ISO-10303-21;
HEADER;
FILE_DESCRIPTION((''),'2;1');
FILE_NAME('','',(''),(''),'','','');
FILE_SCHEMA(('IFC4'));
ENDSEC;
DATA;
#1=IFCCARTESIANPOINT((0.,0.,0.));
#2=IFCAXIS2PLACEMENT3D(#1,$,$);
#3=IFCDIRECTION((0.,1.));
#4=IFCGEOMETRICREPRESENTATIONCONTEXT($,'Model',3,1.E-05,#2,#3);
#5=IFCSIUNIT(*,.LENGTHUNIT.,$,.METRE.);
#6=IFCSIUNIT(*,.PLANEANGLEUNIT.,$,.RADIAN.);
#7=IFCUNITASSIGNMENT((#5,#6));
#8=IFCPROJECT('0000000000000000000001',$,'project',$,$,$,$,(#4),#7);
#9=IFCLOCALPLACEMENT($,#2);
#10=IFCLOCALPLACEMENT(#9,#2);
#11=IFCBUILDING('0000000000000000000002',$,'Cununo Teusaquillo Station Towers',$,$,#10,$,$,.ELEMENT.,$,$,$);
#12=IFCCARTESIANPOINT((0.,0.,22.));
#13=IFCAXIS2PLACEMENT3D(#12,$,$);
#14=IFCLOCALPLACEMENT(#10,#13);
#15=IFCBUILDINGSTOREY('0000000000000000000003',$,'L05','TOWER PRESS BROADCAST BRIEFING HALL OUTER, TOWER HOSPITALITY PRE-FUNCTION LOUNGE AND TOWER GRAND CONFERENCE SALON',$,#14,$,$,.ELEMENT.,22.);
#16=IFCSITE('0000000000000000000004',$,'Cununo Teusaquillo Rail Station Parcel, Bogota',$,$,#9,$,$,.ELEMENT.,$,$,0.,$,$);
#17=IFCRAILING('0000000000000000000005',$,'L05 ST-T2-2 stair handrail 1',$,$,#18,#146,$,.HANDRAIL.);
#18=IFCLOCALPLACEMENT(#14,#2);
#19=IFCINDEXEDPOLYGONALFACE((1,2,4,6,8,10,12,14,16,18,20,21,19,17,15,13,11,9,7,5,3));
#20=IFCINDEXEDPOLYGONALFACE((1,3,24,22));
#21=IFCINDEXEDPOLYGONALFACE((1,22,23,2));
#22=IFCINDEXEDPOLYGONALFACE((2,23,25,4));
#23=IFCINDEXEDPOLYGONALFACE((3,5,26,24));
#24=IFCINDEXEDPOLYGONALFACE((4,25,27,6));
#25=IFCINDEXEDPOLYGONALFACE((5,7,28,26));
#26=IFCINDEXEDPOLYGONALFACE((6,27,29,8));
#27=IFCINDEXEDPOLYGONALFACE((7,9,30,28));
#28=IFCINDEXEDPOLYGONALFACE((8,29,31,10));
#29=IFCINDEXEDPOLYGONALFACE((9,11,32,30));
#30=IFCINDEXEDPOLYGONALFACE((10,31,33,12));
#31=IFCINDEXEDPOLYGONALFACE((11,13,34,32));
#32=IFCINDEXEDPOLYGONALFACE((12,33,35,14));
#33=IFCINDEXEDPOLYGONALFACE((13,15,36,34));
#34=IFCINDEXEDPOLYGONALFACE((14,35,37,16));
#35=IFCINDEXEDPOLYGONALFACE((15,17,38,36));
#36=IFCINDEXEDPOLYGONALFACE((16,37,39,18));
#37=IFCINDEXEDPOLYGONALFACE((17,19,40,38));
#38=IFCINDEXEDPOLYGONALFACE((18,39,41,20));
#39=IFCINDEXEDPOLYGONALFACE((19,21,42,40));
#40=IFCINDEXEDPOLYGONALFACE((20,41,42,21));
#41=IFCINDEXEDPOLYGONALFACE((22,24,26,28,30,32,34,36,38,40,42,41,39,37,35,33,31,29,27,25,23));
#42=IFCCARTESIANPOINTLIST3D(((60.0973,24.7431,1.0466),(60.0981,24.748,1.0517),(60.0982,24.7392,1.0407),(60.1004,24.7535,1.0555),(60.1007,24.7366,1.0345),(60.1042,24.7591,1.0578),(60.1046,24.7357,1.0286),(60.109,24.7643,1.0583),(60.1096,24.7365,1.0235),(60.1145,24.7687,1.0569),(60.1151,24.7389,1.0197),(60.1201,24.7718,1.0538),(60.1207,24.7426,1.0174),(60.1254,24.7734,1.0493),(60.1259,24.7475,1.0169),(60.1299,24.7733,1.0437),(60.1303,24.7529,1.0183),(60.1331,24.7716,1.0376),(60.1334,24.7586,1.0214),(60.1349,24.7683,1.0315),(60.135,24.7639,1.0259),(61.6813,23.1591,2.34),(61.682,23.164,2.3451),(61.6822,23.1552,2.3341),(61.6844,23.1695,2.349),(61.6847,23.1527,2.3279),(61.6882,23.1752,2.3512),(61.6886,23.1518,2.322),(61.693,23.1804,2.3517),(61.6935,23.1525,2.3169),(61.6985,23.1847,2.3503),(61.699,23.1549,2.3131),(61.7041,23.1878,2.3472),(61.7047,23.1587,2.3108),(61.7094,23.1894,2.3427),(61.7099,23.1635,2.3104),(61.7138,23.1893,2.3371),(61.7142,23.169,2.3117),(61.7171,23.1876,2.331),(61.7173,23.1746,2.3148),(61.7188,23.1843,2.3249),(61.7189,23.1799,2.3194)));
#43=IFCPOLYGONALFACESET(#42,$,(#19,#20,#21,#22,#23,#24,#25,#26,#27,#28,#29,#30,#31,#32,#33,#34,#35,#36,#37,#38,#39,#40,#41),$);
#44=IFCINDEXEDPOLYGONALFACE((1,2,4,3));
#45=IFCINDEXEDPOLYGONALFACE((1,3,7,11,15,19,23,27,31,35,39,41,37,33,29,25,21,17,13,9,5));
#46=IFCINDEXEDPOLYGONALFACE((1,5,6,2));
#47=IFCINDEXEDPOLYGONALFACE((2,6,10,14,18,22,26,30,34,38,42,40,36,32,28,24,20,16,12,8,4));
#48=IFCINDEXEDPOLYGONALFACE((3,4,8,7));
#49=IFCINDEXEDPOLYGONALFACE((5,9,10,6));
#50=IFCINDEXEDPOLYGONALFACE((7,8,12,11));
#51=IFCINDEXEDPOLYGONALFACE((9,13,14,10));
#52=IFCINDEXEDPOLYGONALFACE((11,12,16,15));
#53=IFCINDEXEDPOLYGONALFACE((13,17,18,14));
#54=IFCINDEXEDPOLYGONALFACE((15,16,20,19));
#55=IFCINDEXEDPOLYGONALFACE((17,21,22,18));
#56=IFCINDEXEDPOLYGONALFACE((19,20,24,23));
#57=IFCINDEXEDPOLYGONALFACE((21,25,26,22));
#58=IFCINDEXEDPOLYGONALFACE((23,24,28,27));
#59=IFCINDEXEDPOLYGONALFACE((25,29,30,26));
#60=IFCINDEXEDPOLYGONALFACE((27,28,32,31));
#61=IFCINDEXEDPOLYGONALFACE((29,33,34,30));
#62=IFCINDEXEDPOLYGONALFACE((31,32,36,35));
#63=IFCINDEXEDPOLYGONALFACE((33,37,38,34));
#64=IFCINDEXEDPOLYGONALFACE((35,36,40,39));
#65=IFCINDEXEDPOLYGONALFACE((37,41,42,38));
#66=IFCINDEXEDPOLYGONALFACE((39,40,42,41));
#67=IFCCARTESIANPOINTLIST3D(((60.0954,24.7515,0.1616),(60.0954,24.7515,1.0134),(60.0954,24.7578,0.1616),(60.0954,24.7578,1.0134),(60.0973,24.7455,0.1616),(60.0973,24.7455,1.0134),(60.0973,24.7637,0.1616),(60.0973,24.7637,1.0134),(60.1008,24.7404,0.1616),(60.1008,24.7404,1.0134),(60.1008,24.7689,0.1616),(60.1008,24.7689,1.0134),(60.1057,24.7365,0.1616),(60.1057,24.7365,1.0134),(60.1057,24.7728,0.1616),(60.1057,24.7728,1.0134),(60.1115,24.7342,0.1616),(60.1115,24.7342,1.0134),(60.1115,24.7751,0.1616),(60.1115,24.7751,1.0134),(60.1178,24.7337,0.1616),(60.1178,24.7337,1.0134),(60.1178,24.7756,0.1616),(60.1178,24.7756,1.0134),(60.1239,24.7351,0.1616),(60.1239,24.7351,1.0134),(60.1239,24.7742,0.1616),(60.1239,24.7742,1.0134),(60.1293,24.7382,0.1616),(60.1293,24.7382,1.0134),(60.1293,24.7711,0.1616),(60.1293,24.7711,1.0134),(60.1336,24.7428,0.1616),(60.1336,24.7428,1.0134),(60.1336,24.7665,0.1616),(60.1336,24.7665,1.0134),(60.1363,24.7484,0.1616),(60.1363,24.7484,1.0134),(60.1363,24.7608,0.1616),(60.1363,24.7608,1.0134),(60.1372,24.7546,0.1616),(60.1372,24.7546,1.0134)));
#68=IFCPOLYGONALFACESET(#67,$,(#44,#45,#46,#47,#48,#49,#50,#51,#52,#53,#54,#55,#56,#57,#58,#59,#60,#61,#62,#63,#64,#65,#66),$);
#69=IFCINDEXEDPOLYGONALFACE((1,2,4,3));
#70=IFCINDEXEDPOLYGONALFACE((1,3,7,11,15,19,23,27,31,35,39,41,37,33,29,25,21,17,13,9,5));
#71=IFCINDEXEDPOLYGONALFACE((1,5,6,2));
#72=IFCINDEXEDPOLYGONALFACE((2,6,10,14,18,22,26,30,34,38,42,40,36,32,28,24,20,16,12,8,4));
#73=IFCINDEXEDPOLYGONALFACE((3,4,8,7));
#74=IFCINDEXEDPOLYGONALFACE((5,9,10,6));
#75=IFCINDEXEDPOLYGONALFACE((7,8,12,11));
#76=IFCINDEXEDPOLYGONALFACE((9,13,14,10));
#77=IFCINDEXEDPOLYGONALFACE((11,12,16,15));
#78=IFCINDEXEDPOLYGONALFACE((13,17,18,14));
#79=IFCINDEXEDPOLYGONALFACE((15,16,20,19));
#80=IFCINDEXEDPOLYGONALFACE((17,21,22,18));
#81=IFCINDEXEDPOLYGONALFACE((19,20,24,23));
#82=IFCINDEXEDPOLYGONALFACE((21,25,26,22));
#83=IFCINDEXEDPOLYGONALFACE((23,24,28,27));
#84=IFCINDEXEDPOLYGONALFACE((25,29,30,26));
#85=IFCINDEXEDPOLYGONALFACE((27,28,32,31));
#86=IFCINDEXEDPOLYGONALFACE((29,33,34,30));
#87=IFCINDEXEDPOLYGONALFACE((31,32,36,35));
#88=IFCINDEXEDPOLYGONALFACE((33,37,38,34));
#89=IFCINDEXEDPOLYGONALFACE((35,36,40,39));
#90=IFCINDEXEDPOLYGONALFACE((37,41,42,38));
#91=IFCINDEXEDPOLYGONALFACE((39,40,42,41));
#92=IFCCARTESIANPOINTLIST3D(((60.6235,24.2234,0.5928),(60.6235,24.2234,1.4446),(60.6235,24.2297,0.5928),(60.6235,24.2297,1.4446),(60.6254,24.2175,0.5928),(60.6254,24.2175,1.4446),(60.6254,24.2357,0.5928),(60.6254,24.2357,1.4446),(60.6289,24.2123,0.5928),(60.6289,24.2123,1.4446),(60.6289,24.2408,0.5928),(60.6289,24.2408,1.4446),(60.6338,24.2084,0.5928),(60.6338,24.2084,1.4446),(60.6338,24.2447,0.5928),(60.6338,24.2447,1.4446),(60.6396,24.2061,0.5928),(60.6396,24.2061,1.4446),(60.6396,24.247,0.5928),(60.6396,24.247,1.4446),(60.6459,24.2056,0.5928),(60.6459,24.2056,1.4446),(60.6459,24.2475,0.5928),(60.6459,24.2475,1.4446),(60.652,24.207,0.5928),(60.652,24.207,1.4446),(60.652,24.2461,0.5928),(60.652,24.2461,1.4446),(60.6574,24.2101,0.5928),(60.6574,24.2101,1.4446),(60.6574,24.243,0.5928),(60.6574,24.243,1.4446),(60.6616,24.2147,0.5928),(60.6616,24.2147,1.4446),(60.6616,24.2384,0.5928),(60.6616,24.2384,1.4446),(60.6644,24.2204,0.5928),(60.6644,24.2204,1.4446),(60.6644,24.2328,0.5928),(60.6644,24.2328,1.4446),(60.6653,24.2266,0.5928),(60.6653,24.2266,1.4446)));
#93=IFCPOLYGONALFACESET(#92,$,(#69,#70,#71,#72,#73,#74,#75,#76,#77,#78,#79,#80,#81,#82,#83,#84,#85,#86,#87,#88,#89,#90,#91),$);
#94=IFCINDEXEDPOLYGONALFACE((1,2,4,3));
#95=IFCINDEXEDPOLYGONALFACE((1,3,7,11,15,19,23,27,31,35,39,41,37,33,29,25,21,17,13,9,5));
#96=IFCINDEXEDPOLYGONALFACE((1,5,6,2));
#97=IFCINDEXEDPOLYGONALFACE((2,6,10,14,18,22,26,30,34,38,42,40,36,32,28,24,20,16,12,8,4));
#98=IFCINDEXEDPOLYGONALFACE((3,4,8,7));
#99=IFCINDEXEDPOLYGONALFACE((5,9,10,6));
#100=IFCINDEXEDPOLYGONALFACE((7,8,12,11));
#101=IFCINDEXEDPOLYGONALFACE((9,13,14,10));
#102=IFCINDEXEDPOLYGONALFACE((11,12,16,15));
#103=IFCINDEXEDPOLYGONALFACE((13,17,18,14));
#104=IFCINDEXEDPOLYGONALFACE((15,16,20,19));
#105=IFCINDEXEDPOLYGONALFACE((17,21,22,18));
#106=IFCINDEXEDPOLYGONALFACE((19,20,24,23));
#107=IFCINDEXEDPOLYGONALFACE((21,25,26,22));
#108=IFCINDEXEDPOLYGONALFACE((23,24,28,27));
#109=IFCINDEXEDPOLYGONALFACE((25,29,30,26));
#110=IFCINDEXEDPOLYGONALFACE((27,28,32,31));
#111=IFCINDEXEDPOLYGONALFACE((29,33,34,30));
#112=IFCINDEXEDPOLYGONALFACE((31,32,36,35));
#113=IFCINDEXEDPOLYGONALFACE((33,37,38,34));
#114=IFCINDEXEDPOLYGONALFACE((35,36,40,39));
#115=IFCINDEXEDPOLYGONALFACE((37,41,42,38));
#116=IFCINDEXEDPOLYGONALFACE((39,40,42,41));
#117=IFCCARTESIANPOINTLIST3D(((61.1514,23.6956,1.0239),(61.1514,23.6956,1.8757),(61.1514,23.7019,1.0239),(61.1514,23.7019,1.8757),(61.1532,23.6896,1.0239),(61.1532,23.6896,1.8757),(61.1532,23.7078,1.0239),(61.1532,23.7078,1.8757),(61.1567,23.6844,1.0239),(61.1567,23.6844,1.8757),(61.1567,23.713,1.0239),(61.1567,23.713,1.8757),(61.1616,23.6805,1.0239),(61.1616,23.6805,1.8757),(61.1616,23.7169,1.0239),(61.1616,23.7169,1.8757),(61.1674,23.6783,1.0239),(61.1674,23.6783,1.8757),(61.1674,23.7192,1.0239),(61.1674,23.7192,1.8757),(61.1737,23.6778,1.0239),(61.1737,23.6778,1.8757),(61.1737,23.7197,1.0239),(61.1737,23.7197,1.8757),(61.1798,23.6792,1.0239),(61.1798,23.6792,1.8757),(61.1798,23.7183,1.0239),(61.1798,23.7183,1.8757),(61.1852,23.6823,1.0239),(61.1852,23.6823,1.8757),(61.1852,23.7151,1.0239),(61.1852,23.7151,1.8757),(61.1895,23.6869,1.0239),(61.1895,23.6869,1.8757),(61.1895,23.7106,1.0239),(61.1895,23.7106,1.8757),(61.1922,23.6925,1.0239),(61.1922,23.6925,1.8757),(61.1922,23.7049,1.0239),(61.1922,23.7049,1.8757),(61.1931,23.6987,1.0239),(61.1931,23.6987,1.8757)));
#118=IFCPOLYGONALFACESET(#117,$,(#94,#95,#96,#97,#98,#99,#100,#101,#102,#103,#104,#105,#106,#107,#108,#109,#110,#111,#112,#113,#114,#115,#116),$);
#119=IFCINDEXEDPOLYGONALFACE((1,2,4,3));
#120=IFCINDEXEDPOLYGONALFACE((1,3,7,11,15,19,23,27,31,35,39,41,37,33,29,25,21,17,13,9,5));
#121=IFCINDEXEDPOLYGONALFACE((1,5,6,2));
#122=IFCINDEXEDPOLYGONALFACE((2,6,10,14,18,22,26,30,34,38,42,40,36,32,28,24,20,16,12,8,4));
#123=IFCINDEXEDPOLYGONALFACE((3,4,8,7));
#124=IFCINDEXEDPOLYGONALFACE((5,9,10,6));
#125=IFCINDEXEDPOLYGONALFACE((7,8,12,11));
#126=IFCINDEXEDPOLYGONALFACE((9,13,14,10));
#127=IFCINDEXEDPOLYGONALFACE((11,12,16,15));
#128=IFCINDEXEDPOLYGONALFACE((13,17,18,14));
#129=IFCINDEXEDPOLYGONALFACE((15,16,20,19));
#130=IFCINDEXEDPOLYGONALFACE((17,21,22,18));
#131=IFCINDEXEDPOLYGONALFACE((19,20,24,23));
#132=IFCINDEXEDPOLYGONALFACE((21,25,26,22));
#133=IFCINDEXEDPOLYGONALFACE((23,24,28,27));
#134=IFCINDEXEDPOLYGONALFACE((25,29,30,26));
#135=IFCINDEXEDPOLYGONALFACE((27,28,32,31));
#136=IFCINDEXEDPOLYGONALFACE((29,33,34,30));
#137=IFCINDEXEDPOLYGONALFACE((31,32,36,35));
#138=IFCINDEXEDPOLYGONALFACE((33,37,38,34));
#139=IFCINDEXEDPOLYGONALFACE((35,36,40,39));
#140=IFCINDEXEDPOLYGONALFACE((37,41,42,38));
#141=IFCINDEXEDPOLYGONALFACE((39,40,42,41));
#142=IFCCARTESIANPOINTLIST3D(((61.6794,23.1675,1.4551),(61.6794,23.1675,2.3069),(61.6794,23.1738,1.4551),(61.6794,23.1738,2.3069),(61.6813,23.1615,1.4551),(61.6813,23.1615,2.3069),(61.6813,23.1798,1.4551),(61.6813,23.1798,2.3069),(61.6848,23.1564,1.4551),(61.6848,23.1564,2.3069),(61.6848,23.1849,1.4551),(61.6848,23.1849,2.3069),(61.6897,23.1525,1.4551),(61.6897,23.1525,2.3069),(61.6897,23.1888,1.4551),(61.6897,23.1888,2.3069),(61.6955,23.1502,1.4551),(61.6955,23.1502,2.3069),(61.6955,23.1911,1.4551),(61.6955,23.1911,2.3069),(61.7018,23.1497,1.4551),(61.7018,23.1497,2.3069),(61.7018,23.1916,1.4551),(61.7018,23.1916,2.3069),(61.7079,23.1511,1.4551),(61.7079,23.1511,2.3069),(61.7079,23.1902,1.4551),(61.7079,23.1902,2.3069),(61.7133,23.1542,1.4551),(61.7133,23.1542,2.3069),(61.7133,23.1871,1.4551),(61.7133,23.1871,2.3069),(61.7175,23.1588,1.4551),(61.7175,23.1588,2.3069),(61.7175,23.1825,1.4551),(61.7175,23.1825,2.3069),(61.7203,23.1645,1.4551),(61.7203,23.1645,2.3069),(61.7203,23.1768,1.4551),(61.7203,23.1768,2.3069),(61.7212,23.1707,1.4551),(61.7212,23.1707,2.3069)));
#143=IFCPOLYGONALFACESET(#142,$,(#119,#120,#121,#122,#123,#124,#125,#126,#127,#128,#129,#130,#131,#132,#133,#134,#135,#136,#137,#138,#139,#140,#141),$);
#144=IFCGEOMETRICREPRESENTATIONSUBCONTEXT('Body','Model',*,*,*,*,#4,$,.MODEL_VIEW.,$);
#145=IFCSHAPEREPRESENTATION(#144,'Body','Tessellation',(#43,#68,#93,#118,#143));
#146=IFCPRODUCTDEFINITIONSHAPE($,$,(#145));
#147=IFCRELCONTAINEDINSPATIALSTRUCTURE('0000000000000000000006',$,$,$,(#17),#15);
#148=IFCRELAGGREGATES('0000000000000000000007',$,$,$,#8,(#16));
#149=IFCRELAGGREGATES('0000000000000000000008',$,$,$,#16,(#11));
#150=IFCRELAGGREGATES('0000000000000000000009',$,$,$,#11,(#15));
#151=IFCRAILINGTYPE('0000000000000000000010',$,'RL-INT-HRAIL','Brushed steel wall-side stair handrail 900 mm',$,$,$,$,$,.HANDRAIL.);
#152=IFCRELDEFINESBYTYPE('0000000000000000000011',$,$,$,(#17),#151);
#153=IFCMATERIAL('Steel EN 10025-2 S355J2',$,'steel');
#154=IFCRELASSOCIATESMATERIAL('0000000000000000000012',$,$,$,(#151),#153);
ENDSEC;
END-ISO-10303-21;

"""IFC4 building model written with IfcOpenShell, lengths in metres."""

from ifc_helpers import new_model, si_unit, direction, frame, origin, origin_2d, place, context, subcontext, project, spatial, circle, extrude, material, type_object, element, save


model = new_model("IFC4")

# Units and contexts
model_context = context("Model", 3, precision=1e-05, world=origin(), true_north=direction((0.0, 1.0)))
body_context = subcontext(model_context, "Body", "Model", "MODEL_VIEW")
ifc_project = project(units=[si_unit("LENGTHUNIT", "METRE"), si_unit("PLANEANGLEUNIT", "RADIAN")], contexts=[model_context])

# Site, building, storey
site_placement = place(None, origin())
site = spatial("IfcSite", under=ifc_project, at=site_placement, Name="Cununo Teusaquillo Rail Station Parcel, Bogota", CompositionType="ELEMENT", RefElevation=0.0)
building_placement = place(site_placement, origin())
building = spatial("IfcBuilding", under=site, at=building_placement, Name="Cununo Teusaquillo Station Towers", CompositionType="ELEMENT")
storey_placement = place(building_placement, frame((0.0, 0.0, 22.0)))
storey = spatial("IfcBuildingStorey", under=building, at=storey_placement, Name="L05", Description="TOWER PRESS BROADCAST BRIEFING HALL OUTER, TOWER HOSPITALITY PRE-FUNCTION LOUNGE AND TOWER GRAND CONFERENCE SALON", CompositionType="ELEMENT", Elevation=22.0)

# Railing
ifc_material_1 = material(Name="Steel EN 10025-2 S355J2", Category="steel")
railing_type_1 = type_object("IfcRailingType", Name="RL-INT-HRAIL", Description="Brushed steel wall-side stair handrail 900 mm", PredefinedType="HANDRAIL", material=ifc_material_1)
railing_1_placement = place(storey_placement, frame((60.1162, 24.7546, 0.1616)))
element("IfcRailing", 1, at=railing_1_placement, inside=storey, type_object=railing_type_1, Name="L05 ST-T2-2 stair handrail 1", PredefinedType="HANDRAIL", context=body_context, shape_type="SweptSolid", body=[
    extrude(circle(Radius=0.0239, at=origin_2d()), frame((0.0, 0.0, 0.876), z_axis=(0.612356, -0.612356, 0.50004), x_axis=(0.707107, 0.707107, 0.0)), (0.0, 0.0, 1.0), 2.5867),
    extrude(circle(Radius=0.021, at=origin_2d()), origin(), (0.0, 0.0, 1.0), 0.8518),
    extrude(circle(Radius=0.021, at=origin_2d()), frame((0.5281, -0.5281, 0.4312)), (0.0, 0.0, 1.0), 0.8518),
    extrude(circle(Radius=0.021, at=origin_2d()), frame((1.0559, -1.0559, 0.8623)), (0.0, 0.0, 1.0), 0.8518),
    extrude(circle(Radius=0.021, at=origin_2d()), frame((1.584, -1.584, 1.2935)), (0.0, 0.0, 1.0), 0.8518),
])

save(model, "model.ifc")
